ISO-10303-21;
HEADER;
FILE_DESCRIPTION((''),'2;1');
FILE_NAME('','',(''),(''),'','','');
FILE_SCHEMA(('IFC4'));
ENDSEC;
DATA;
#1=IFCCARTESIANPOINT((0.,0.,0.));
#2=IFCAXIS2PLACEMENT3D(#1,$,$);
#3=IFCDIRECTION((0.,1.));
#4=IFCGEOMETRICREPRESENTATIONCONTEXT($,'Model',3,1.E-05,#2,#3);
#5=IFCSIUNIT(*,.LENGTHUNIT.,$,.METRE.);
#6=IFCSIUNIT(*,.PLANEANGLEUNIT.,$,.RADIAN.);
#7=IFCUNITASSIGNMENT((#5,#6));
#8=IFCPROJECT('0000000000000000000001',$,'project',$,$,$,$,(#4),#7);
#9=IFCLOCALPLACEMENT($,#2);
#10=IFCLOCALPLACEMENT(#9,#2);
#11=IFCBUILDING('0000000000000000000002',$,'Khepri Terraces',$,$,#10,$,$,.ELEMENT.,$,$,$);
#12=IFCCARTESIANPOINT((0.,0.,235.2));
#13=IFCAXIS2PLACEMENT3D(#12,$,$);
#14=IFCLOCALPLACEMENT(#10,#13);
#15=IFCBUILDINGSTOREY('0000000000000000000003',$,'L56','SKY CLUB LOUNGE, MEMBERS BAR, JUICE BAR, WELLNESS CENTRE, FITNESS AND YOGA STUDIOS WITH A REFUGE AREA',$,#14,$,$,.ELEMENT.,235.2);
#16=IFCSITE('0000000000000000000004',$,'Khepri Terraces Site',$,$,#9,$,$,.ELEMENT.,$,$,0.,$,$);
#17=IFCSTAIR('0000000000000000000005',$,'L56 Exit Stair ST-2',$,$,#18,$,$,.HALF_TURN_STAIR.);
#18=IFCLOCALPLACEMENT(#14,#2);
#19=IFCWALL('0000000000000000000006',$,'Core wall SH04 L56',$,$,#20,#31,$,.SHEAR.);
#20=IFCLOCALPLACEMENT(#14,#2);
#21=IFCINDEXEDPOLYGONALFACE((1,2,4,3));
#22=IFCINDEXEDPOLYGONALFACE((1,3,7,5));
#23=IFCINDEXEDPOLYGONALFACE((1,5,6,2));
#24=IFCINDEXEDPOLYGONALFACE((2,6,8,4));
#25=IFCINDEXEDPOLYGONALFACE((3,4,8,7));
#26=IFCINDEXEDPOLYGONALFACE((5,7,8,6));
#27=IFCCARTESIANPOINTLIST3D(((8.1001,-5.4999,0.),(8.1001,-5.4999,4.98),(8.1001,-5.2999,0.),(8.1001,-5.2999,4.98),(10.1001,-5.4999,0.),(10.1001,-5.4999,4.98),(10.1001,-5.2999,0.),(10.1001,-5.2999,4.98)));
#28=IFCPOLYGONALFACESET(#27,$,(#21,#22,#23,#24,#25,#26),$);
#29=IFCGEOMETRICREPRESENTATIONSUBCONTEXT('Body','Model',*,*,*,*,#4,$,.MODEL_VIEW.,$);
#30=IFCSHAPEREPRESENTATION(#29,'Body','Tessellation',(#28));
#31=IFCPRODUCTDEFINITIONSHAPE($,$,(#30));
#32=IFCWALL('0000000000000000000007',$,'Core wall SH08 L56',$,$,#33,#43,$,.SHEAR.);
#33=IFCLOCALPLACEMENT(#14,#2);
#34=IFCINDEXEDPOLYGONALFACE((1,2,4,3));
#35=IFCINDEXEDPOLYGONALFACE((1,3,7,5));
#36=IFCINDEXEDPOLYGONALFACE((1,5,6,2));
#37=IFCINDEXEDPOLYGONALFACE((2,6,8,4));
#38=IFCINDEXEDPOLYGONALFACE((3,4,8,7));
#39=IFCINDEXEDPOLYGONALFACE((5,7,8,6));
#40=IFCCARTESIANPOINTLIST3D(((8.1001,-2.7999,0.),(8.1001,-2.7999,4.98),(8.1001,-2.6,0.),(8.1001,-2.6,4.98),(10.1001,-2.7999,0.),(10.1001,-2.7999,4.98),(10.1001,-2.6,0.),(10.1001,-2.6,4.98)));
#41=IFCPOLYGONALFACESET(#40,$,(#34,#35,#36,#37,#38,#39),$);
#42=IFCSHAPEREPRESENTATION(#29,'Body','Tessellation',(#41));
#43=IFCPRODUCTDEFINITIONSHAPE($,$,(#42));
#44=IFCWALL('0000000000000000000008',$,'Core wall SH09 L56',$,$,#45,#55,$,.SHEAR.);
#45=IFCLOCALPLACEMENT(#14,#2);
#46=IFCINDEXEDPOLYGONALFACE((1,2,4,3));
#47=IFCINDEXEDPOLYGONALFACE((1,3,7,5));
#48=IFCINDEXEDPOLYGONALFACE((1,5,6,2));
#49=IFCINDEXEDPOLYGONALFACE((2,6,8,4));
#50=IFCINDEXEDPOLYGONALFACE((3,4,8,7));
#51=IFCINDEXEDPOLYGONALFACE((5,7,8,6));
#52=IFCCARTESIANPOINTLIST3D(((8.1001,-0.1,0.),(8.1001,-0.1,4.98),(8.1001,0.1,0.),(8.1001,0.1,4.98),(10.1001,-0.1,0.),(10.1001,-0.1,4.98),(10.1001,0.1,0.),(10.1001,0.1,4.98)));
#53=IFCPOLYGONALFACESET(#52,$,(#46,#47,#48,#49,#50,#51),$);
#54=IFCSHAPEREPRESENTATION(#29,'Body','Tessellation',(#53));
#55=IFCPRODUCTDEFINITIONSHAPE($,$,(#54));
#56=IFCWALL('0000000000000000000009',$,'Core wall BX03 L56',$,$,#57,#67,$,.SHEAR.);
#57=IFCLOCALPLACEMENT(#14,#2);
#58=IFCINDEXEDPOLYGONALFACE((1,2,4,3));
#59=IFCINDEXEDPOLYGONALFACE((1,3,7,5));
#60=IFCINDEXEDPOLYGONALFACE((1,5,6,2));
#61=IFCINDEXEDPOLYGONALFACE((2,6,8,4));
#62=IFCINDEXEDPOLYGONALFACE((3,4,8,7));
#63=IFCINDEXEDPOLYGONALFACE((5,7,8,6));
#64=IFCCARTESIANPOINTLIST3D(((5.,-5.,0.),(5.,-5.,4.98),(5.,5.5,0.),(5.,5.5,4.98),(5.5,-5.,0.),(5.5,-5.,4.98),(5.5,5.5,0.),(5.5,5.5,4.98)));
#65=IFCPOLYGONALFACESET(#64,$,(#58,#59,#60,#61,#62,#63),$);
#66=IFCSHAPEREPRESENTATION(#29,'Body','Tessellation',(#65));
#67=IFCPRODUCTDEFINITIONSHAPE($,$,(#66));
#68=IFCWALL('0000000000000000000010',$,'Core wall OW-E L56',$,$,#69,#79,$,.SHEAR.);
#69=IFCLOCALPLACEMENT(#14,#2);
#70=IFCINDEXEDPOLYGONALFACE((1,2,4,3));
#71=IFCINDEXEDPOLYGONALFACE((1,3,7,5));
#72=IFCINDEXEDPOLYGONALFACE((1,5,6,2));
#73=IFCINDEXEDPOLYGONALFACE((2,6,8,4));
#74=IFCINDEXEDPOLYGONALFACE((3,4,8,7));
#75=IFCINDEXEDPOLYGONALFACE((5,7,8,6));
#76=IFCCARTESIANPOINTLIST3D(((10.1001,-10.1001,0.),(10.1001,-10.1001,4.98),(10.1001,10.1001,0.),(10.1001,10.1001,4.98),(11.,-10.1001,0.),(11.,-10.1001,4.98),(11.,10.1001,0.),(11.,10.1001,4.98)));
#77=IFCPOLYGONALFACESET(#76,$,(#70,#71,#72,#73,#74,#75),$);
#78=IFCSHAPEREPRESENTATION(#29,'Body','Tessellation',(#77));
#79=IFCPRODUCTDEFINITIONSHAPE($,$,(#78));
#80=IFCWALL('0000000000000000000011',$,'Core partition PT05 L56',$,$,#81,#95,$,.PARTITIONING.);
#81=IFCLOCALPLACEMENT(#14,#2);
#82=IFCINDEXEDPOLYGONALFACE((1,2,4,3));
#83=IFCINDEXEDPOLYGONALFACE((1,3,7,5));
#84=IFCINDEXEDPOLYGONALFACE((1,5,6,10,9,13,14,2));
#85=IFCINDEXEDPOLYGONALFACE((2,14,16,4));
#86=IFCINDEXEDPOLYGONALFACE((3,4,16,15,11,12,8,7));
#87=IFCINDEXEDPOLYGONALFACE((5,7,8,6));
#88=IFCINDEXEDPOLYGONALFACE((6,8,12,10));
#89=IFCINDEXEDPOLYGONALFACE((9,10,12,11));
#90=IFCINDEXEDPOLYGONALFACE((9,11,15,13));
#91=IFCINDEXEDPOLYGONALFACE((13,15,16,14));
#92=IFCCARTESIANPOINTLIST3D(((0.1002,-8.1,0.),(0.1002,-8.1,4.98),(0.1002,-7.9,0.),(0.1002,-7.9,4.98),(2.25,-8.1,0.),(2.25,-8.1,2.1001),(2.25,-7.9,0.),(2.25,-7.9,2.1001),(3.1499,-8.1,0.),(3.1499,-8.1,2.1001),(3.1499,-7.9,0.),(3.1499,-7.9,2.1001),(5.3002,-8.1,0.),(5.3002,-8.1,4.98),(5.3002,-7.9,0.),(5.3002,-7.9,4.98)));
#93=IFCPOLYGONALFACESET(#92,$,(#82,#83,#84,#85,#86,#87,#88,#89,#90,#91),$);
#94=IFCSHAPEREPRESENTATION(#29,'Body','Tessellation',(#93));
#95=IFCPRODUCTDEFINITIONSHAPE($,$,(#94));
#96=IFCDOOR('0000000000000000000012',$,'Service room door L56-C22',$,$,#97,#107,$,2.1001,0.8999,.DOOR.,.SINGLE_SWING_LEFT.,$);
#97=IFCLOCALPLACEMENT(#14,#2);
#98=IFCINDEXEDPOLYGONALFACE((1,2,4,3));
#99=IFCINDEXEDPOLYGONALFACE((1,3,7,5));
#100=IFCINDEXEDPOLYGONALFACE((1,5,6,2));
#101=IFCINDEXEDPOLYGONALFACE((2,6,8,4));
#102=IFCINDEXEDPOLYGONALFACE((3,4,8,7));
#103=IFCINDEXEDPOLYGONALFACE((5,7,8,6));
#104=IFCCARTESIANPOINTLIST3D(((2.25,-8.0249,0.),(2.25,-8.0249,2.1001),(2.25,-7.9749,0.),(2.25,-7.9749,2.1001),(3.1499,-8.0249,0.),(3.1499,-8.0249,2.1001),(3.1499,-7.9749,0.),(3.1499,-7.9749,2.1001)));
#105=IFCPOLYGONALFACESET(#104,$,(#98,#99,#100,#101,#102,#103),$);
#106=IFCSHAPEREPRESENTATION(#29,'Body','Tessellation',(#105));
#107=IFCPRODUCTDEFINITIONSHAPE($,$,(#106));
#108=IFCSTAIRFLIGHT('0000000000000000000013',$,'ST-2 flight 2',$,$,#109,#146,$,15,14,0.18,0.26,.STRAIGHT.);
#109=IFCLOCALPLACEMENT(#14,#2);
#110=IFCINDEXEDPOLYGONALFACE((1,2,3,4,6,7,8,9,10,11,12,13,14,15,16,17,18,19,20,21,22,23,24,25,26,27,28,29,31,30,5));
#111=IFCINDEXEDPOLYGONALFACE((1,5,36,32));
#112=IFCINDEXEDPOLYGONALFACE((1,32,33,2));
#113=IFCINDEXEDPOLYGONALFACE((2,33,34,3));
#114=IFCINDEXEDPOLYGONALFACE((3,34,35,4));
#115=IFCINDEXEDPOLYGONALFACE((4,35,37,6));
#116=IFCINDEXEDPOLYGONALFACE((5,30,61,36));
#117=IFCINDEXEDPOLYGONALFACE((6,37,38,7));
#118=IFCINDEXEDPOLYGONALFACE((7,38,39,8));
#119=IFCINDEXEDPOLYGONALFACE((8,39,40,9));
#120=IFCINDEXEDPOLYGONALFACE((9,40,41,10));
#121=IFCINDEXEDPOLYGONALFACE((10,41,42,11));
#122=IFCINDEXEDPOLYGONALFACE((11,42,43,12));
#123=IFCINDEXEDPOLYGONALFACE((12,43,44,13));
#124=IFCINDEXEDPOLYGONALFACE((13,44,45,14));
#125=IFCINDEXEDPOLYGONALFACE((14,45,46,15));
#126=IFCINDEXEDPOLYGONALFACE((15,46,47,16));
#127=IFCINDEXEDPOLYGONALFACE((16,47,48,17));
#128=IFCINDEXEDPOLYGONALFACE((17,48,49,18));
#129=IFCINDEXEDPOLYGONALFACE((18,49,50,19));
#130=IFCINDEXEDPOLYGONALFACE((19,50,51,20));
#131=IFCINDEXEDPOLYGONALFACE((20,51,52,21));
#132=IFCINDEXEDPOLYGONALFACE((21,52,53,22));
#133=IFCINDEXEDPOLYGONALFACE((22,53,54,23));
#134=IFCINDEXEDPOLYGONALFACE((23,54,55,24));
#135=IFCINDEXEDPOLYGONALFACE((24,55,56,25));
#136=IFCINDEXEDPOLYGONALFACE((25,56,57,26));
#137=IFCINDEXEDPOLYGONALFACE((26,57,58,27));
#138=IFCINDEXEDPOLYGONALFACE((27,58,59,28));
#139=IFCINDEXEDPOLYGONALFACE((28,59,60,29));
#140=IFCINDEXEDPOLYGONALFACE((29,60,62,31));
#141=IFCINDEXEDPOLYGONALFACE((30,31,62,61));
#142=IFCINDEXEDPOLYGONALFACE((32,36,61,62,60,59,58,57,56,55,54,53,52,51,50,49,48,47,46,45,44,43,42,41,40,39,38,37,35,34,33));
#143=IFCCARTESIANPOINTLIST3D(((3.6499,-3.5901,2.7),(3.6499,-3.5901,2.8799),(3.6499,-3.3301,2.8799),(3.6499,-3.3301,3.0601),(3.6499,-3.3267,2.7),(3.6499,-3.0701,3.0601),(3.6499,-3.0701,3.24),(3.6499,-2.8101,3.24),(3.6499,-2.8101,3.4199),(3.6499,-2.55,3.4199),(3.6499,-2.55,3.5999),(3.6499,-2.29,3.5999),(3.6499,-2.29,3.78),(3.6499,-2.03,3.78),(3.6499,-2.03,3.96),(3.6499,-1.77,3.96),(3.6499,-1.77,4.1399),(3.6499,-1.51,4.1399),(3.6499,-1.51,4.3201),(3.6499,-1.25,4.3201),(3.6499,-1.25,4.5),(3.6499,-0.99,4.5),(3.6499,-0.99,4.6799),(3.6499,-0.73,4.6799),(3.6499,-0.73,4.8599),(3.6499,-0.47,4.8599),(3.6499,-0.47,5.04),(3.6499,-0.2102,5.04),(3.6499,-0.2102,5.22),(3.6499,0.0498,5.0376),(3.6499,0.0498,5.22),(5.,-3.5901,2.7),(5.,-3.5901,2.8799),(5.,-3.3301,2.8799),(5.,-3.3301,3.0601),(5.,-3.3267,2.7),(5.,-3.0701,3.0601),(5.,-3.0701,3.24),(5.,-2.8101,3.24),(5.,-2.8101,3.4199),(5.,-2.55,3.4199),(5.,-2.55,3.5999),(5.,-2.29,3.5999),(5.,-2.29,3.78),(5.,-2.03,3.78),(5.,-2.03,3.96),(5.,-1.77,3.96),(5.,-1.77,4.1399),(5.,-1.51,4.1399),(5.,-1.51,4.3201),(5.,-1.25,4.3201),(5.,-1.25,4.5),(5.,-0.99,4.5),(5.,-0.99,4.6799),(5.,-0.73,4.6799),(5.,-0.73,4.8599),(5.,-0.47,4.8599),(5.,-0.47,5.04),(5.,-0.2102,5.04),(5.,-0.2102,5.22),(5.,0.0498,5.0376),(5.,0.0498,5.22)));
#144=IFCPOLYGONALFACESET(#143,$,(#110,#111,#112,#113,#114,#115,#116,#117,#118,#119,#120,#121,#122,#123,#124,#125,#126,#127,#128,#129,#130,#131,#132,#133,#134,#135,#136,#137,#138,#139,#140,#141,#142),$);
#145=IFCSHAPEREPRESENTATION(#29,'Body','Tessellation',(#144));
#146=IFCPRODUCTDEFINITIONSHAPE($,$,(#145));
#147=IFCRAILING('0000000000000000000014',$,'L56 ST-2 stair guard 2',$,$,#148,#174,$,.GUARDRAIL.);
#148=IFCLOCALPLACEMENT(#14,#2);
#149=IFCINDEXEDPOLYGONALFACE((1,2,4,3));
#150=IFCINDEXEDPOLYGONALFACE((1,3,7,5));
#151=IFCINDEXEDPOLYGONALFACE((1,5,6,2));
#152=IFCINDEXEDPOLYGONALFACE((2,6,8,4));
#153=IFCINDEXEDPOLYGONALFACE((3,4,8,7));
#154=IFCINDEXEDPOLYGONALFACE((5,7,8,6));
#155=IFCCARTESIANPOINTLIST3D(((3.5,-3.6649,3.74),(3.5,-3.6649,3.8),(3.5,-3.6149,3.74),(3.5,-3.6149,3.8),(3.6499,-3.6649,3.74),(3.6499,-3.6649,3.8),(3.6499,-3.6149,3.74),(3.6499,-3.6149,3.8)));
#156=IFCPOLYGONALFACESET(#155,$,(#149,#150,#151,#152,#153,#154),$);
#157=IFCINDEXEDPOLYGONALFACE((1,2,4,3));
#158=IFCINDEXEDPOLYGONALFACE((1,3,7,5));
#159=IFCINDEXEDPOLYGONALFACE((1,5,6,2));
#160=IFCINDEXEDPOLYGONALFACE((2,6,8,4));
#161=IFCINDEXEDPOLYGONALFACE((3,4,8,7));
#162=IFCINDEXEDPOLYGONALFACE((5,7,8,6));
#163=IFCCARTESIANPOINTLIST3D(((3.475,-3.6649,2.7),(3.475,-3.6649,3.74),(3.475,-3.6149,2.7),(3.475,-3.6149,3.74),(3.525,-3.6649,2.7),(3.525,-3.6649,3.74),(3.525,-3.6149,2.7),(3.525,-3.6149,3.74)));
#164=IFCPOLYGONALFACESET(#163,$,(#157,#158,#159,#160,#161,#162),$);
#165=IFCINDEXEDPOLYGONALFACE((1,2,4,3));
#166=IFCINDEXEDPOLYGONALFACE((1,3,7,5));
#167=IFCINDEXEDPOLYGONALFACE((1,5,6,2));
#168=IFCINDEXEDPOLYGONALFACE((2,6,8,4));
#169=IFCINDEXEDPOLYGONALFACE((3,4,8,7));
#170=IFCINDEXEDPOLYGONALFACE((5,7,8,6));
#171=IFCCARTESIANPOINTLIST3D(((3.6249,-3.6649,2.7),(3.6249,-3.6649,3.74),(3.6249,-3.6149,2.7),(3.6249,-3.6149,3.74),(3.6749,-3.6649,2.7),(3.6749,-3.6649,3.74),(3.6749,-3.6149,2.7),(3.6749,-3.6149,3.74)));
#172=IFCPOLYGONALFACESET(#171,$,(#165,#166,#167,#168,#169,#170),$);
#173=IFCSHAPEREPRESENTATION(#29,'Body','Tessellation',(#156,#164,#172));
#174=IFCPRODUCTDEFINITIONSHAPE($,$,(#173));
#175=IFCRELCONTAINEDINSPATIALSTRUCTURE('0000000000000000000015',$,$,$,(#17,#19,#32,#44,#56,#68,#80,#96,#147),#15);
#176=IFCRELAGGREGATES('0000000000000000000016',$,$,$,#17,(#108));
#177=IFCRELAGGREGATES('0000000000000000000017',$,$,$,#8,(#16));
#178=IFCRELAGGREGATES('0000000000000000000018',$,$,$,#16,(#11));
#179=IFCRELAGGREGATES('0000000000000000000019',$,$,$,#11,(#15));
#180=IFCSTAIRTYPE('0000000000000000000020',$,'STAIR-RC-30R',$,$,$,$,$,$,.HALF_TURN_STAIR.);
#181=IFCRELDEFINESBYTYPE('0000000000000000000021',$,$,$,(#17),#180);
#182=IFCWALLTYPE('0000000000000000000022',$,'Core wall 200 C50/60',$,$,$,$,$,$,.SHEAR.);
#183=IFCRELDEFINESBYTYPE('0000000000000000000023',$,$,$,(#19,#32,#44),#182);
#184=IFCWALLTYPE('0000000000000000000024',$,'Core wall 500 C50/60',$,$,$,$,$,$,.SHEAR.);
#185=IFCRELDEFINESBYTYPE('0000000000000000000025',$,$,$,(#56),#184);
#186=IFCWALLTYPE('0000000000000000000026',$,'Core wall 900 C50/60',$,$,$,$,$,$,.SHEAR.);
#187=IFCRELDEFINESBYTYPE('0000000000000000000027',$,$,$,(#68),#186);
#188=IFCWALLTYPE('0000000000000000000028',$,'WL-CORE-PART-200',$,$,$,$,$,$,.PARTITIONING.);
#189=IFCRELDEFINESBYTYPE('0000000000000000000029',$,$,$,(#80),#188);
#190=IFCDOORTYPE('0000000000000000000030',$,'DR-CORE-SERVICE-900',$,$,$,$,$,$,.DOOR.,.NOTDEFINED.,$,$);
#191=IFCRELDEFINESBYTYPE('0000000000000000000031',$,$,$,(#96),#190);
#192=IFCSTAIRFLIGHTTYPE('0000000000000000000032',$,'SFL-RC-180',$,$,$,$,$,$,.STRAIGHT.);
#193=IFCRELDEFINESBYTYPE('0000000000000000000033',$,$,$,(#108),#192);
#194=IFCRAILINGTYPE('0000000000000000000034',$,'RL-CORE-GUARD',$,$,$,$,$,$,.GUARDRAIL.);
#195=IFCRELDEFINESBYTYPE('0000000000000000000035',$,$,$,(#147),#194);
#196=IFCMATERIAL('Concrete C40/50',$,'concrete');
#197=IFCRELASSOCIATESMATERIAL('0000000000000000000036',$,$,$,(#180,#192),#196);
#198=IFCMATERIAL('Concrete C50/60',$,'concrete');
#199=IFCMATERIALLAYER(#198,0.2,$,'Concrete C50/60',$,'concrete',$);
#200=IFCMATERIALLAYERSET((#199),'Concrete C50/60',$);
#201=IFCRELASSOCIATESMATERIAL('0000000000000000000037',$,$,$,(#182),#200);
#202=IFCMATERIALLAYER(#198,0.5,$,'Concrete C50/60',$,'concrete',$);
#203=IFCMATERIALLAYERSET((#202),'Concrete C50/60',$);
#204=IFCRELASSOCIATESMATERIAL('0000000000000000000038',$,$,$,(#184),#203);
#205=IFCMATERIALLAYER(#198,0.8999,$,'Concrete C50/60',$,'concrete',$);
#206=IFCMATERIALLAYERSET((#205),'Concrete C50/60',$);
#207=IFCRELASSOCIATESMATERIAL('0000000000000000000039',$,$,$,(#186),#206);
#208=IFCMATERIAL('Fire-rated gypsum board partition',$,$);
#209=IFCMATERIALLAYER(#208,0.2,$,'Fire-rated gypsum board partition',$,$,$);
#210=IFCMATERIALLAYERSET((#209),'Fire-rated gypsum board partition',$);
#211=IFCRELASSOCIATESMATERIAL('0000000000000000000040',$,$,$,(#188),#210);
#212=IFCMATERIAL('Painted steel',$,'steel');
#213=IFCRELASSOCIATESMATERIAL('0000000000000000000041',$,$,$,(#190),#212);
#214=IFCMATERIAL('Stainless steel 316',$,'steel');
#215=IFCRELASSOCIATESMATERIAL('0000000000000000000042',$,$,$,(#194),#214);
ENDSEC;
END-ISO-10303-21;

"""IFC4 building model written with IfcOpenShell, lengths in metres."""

from ifc_helpers import new_model, si_unit, direction, frame, frame_2d, origin, origin_2d, place, context, subcontext, project, spatial, polyline, rectangle, outline, extrude, material, layer, layer_set, type_object, element, fill, aggregate, save


model = new_model("IFC4")

# Units and contexts
model_context = context("Model", 3, precision=1e-05, world=origin(), true_north=direction((0.0, 1.0)))
body_context = subcontext(model_context, "Body", "Model", "MODEL_VIEW")
ifc_project = project(units=[si_unit("LENGTHUNIT", "METRE"), si_unit("PLANEANGLEUNIT", "RADIAN")], contexts=[model_context])

# Site, building, storey
site_placement = place(None, origin())
site = spatial("IfcSite", under=ifc_project, at=site_placement, Name="Khepri Terraces Site", CompositionType="ELEMENT", RefElevation=0.0)
building_placement = place(site_placement, origin())
building = spatial("IfcBuilding", under=site, at=building_placement, Name="Khepri Terraces", CompositionType="ELEMENT")
storey_placement = place(building_placement, frame((0.0, 0.0, 235.2)))
storey = spatial("IfcBuildingStorey", under=building, at=storey_placement, Name="L56", Description="SKY CLUB LOUNGE, MEMBERS BAR, JUICE BAR, WELLNESS CENTRE, FITNESS AND YOGA STUDIOS WITH A REFUGE AREA", CompositionType="ELEMENT", Elevation=235.2)

# Shared definitions
ifc_material_1 = material(Name="Concrete C40/50", Category="concrete")

# Stair
stair_type = type_object("IfcStairType", Name="STAIR-RC-30R", PredefinedType="HALF_TURN_STAIR", material=ifc_material_1)
stair_1_placement = place(storey_placement, origin())
stair_1 = element("IfcStair", 1, at=stair_1_placement, inside=storey, type_object=stair_type, Name="L56 Exit Stair ST-2", PredefinedType="HALF_TURN_STAIR")

# Shared definitions
ifc_material_2 = material(Name="Concrete C50/60", Category="concrete")

# Shared definitions
ifc_layer_1 = layer(ifc_material_2, 0.2, Name="Concrete C50/60", Category="concrete")
ifc_layer_set_1 = layer_set([ifc_layer_1], Name="Concrete C50/60")
wall_type_1 = type_object("IfcWallType", Name="Core wall 200 C50/60", PredefinedType="SHEAR", material=ifc_layer_set_1)
ifc_material_3 = material(Name="Painted steel", Category="steel")

# Walls
for number, where, z_axis, x_axis, name in (
    (2, (8.1001, -5.3999, 0.0), (0.0, 0.0, 1.0), (1.0, 0.0, 0.0), "Core wall SH04 L56"),
    (3, (8.1001, -2.7, 0.0), (0.0, 0.0, 1.0), (1.0, 0.0, 0.0), "Core wall SH08 L56"),
    (4, (8.1001, 0.0, 0.0), (0.0, 0.0, 1.0), (1.0, 0.0, 0.0), "Core wall SH09 L56"),
):
    element("IfcWall", number, at=place(storey_placement, frame(where, z_axis=z_axis, x_axis=x_axis)), inside=storey, type_object=wall_type_1, Name=name, PredefinedType="SHEAR", context=body_context, shape_type="SweptSolid", body=[
        extrude(rectangle(XDim=2.0, YDim=0.2, at=frame_2d((1.0, 0.0))), origin(), (0.0, 0.0, 1.0), 4.98),
    ])
ifc_layer_2 = layer(ifc_material_2, 0.5, Name="Concrete C50/60", Category="concrete")
ifc_layer_set_2 = layer_set([ifc_layer_2], Name="Concrete C50/60")
wall_type_2 = type_object("IfcWallType", Name="Core wall 500 C50/60", PredefinedType="SHEAR", material=ifc_layer_set_2)
wall_1_placement = place(storey_placement, frame((5.25, -5.0, 0.0), z_axis=(0.0, 0.0, 1.0), x_axis=(0.0, 1.0, 0.0)))
element("IfcWall", 5, at=wall_1_placement, inside=storey, type_object=wall_type_2, Name="Core wall BX03 L56", PredefinedType="SHEAR", context=body_context, shape_type="SweptSolid", body=[
    extrude(rectangle(XDim=10.5, YDim=0.5, at=frame_2d((5.25, 0.0))), origin(), (0.0, 0.0, 1.0), 4.98),
])
ifc_layer_3 = layer(ifc_material_2, 0.8999, Name="Concrete C50/60", Category="concrete")
ifc_layer_set_3 = layer_set([ifc_layer_3], Name="Concrete C50/60")
wall_type_3 = type_object("IfcWallType", Name="Core wall 900 C50/60", PredefinedType="SHEAR", material=ifc_layer_set_3)
wall_2_placement = place(storey_placement, frame((10.55, -10.1001, 0.0), z_axis=(0.0, 0.0, 1.0), x_axis=(0.0, 1.0, 0.0)))
element("IfcWall", 6, at=wall_2_placement, inside=storey, type_object=wall_type_3, Name="Core wall OW-E L56", PredefinedType="SHEAR", context=body_context, shape_type="SweptSolid", body=[
    extrude(rectangle(XDim=20.2002, YDim=0.8999, at=frame_2d((10.1001, 0.0))), origin(), (0.0, 0.0, 1.0), 4.98),
])

# Wall, opening, door
ifc_material_4 = material(Name="Fire-rated gypsum board partition")
ifc_layer_4 = layer(ifc_material_4, 0.2, Name="Fire-rated gypsum board partition")
ifc_layer_set_4 = layer_set([ifc_layer_4], Name="Fire-rated gypsum board partition")
wall_type_4 = type_object("IfcWallType", Name="WL-CORE-PART-200", PredefinedType="PARTITIONING", material=ifc_layer_set_4)
wall_3_placement = place(storey_placement, frame((0.1001, -8.0, 0.0), z_axis=(0.0, 0.0, 1.0), x_axis=(1.0, 0.0, 0.0)))
wall_3 = element("IfcWall", 7, at=wall_3_placement, inside=storey, type_object=wall_type_4, Name="Core partition PT05 L56", PredefinedType="PARTITIONING", context=body_context, shape_type="SweptSolid", body=[
    extrude(rectangle(XDim=5.2, YDim=0.2, at=frame_2d((2.6001, 0.0))), origin(), (0.0, 0.0, 1.0), 4.98),
])
opening_1_placement = place(wall_3_placement, frame((2.1499, 0.0, 0.0)))
opening_1 = element("IfcOpeningElement", 8, at=opening_1_placement, cuts=wall_3, PredefinedType="OPENING", context=body_context, shape_type="SweptSolid", body=[
    extrude(rectangle(XDim=0.8999, YDim=2.1001, at=frame_2d((0.45, 1.05))), frame((0.0, 0.1099, 0.0), z_axis=(0.0, -1.0, 0.0), x_axis=(1.0, 0.0, 0.0)), (0.0, 0.0, 1.0), 0.22),
])
door_type_1 = type_object("IfcDoorType", Name="DR-CORE-SERVICE-900", OperationType="NOTDEFINED", PredefinedType="DOOR", material=ifc_material_3)
door_1_placement = place(opening_1_placement, frame((0.8999, 0.0, 0.0), z_axis=(0.0, 0.0, 1.0), x_axis=(-1.0, 0.0, 0.0)))
door_1 = element("IfcDoor", 9, at=door_1_placement, inside=storey, type_object=door_type_1, Name="Service room door L56-C22", OperationType="SINGLE_SWING_LEFT", OverallHeight=2.1001, OverallWidth=0.8999, PredefinedType="DOOR", context=body_context, shape_type="SweptSolid", body=[
    extrude(rectangle(XDim=0.8999, YDim=2.1001, at=frame_2d((0.45, 1.05))), frame((0.0, 0.0249, 0.0), z_axis=(0.0, -1.0, 0.0), x_axis=(1.0, 0.0, 0.0)), (0.0, 0.0, 1.0), 0.05),
])
fill(opening_1, door_1)

# Stair flight
stair_flight_type = type_object("IfcStairFlightType", Name="SFL-RC-180", PredefinedType="STRAIGHT", material=ifc_material_1)
stair_flight_placement = place(storey_placement, frame((4.325, -3.5901, 2.7), z_axis=(0.0, 0.0, 1.0), x_axis=(0.0, 1.0, 0.0)))
stair_flight = element("IfcStairFlight", 10, at=stair_flight_placement, type_object=stair_flight_type, Name="ST-2 flight 2", NumberOfRisers=15, NumberOfTreads=14, PredefinedType="STRAIGHT", RiserHeight=0.18, TreadLength=0.26, context=body_context, shape_type="SweptSolid", body=[
    extrude(outline(polyline([(0.0, 0.0), (0.0, 0.1799), (0.26, 0.1799), (0.26, 0.3601), (0.52, 0.3601), (0.52, 0.54), (0.78, 0.54), (0.78, 0.72), (1.04, 0.72), (1.04, 0.8999), (1.3, 0.8999), (1.3, 1.0801), (1.5601, 1.0801), (1.5601, 1.26), (1.8201, 1.26), (1.8201, 1.4399), (2.0801, 1.4399), (2.0801, 1.6201), (2.3401, 1.6201), (2.3401, 1.8), (2.6001, 1.8), (2.6001, 1.98), (2.8601, 1.98), (2.8601, 2.1599), (3.1201, 2.1599), (3.1201, 2.3401), (3.3799, 2.3401), (3.3799, 2.52), (3.6399, 2.52), (3.6399, 2.7), (3.6399, 2.3376), (0.2634, 0.0), (0.0, 0.0)])), frame((0.0, 0.675, 0.0), z_axis=(0.0, -1.0, 0.0), x_axis=(1.0, 0.0, 0.0)), (0.0, 0.0, 1.0), 1.3501),
])
aggregate(stair_1, [stair_flight])

# Railing
ifc_material_5 = material(Name="Stainless steel 316", Category="steel")
railing_type_1 = type_object("IfcRailingType", Name="RL-CORE-GUARD", PredefinedType="GUARDRAIL", material=ifc_material_5)
railing_1_placement = place(storey_placement, frame((3.5, -3.6399, 2.7)))
element("IfcRailing", 11, at=railing_1_placement, inside=storey, type_object=railing_type_1, Name="L56 ST-2 stair guard 2", PredefinedType="GUARDRAIL", context=body_context, shape_type="SweptSolid", body=[
    extrude(rectangle(XDim=0.05, YDim=0.0601, at=origin_2d()), frame((0.0, 0.0, 1.0701), z_axis=(1.0, 0.0, 0.0), x_axis=(0.0, 1.0, 0.0)), (0.0, 0.0, 1.0), 0.1499),
    extrude(rectangle(XDim=0.05, YDim=0.05, at=origin_2d()), origin(), (0.0, 0.0, 1.0), 1.04),
    extrude(rectangle(XDim=0.05, YDim=0.05, at=origin_2d()), frame((0.1499, 0.0, 0.0)), (0.0, 0.0, 1.0), 1.04),
])

save(model, "model.ifc")
